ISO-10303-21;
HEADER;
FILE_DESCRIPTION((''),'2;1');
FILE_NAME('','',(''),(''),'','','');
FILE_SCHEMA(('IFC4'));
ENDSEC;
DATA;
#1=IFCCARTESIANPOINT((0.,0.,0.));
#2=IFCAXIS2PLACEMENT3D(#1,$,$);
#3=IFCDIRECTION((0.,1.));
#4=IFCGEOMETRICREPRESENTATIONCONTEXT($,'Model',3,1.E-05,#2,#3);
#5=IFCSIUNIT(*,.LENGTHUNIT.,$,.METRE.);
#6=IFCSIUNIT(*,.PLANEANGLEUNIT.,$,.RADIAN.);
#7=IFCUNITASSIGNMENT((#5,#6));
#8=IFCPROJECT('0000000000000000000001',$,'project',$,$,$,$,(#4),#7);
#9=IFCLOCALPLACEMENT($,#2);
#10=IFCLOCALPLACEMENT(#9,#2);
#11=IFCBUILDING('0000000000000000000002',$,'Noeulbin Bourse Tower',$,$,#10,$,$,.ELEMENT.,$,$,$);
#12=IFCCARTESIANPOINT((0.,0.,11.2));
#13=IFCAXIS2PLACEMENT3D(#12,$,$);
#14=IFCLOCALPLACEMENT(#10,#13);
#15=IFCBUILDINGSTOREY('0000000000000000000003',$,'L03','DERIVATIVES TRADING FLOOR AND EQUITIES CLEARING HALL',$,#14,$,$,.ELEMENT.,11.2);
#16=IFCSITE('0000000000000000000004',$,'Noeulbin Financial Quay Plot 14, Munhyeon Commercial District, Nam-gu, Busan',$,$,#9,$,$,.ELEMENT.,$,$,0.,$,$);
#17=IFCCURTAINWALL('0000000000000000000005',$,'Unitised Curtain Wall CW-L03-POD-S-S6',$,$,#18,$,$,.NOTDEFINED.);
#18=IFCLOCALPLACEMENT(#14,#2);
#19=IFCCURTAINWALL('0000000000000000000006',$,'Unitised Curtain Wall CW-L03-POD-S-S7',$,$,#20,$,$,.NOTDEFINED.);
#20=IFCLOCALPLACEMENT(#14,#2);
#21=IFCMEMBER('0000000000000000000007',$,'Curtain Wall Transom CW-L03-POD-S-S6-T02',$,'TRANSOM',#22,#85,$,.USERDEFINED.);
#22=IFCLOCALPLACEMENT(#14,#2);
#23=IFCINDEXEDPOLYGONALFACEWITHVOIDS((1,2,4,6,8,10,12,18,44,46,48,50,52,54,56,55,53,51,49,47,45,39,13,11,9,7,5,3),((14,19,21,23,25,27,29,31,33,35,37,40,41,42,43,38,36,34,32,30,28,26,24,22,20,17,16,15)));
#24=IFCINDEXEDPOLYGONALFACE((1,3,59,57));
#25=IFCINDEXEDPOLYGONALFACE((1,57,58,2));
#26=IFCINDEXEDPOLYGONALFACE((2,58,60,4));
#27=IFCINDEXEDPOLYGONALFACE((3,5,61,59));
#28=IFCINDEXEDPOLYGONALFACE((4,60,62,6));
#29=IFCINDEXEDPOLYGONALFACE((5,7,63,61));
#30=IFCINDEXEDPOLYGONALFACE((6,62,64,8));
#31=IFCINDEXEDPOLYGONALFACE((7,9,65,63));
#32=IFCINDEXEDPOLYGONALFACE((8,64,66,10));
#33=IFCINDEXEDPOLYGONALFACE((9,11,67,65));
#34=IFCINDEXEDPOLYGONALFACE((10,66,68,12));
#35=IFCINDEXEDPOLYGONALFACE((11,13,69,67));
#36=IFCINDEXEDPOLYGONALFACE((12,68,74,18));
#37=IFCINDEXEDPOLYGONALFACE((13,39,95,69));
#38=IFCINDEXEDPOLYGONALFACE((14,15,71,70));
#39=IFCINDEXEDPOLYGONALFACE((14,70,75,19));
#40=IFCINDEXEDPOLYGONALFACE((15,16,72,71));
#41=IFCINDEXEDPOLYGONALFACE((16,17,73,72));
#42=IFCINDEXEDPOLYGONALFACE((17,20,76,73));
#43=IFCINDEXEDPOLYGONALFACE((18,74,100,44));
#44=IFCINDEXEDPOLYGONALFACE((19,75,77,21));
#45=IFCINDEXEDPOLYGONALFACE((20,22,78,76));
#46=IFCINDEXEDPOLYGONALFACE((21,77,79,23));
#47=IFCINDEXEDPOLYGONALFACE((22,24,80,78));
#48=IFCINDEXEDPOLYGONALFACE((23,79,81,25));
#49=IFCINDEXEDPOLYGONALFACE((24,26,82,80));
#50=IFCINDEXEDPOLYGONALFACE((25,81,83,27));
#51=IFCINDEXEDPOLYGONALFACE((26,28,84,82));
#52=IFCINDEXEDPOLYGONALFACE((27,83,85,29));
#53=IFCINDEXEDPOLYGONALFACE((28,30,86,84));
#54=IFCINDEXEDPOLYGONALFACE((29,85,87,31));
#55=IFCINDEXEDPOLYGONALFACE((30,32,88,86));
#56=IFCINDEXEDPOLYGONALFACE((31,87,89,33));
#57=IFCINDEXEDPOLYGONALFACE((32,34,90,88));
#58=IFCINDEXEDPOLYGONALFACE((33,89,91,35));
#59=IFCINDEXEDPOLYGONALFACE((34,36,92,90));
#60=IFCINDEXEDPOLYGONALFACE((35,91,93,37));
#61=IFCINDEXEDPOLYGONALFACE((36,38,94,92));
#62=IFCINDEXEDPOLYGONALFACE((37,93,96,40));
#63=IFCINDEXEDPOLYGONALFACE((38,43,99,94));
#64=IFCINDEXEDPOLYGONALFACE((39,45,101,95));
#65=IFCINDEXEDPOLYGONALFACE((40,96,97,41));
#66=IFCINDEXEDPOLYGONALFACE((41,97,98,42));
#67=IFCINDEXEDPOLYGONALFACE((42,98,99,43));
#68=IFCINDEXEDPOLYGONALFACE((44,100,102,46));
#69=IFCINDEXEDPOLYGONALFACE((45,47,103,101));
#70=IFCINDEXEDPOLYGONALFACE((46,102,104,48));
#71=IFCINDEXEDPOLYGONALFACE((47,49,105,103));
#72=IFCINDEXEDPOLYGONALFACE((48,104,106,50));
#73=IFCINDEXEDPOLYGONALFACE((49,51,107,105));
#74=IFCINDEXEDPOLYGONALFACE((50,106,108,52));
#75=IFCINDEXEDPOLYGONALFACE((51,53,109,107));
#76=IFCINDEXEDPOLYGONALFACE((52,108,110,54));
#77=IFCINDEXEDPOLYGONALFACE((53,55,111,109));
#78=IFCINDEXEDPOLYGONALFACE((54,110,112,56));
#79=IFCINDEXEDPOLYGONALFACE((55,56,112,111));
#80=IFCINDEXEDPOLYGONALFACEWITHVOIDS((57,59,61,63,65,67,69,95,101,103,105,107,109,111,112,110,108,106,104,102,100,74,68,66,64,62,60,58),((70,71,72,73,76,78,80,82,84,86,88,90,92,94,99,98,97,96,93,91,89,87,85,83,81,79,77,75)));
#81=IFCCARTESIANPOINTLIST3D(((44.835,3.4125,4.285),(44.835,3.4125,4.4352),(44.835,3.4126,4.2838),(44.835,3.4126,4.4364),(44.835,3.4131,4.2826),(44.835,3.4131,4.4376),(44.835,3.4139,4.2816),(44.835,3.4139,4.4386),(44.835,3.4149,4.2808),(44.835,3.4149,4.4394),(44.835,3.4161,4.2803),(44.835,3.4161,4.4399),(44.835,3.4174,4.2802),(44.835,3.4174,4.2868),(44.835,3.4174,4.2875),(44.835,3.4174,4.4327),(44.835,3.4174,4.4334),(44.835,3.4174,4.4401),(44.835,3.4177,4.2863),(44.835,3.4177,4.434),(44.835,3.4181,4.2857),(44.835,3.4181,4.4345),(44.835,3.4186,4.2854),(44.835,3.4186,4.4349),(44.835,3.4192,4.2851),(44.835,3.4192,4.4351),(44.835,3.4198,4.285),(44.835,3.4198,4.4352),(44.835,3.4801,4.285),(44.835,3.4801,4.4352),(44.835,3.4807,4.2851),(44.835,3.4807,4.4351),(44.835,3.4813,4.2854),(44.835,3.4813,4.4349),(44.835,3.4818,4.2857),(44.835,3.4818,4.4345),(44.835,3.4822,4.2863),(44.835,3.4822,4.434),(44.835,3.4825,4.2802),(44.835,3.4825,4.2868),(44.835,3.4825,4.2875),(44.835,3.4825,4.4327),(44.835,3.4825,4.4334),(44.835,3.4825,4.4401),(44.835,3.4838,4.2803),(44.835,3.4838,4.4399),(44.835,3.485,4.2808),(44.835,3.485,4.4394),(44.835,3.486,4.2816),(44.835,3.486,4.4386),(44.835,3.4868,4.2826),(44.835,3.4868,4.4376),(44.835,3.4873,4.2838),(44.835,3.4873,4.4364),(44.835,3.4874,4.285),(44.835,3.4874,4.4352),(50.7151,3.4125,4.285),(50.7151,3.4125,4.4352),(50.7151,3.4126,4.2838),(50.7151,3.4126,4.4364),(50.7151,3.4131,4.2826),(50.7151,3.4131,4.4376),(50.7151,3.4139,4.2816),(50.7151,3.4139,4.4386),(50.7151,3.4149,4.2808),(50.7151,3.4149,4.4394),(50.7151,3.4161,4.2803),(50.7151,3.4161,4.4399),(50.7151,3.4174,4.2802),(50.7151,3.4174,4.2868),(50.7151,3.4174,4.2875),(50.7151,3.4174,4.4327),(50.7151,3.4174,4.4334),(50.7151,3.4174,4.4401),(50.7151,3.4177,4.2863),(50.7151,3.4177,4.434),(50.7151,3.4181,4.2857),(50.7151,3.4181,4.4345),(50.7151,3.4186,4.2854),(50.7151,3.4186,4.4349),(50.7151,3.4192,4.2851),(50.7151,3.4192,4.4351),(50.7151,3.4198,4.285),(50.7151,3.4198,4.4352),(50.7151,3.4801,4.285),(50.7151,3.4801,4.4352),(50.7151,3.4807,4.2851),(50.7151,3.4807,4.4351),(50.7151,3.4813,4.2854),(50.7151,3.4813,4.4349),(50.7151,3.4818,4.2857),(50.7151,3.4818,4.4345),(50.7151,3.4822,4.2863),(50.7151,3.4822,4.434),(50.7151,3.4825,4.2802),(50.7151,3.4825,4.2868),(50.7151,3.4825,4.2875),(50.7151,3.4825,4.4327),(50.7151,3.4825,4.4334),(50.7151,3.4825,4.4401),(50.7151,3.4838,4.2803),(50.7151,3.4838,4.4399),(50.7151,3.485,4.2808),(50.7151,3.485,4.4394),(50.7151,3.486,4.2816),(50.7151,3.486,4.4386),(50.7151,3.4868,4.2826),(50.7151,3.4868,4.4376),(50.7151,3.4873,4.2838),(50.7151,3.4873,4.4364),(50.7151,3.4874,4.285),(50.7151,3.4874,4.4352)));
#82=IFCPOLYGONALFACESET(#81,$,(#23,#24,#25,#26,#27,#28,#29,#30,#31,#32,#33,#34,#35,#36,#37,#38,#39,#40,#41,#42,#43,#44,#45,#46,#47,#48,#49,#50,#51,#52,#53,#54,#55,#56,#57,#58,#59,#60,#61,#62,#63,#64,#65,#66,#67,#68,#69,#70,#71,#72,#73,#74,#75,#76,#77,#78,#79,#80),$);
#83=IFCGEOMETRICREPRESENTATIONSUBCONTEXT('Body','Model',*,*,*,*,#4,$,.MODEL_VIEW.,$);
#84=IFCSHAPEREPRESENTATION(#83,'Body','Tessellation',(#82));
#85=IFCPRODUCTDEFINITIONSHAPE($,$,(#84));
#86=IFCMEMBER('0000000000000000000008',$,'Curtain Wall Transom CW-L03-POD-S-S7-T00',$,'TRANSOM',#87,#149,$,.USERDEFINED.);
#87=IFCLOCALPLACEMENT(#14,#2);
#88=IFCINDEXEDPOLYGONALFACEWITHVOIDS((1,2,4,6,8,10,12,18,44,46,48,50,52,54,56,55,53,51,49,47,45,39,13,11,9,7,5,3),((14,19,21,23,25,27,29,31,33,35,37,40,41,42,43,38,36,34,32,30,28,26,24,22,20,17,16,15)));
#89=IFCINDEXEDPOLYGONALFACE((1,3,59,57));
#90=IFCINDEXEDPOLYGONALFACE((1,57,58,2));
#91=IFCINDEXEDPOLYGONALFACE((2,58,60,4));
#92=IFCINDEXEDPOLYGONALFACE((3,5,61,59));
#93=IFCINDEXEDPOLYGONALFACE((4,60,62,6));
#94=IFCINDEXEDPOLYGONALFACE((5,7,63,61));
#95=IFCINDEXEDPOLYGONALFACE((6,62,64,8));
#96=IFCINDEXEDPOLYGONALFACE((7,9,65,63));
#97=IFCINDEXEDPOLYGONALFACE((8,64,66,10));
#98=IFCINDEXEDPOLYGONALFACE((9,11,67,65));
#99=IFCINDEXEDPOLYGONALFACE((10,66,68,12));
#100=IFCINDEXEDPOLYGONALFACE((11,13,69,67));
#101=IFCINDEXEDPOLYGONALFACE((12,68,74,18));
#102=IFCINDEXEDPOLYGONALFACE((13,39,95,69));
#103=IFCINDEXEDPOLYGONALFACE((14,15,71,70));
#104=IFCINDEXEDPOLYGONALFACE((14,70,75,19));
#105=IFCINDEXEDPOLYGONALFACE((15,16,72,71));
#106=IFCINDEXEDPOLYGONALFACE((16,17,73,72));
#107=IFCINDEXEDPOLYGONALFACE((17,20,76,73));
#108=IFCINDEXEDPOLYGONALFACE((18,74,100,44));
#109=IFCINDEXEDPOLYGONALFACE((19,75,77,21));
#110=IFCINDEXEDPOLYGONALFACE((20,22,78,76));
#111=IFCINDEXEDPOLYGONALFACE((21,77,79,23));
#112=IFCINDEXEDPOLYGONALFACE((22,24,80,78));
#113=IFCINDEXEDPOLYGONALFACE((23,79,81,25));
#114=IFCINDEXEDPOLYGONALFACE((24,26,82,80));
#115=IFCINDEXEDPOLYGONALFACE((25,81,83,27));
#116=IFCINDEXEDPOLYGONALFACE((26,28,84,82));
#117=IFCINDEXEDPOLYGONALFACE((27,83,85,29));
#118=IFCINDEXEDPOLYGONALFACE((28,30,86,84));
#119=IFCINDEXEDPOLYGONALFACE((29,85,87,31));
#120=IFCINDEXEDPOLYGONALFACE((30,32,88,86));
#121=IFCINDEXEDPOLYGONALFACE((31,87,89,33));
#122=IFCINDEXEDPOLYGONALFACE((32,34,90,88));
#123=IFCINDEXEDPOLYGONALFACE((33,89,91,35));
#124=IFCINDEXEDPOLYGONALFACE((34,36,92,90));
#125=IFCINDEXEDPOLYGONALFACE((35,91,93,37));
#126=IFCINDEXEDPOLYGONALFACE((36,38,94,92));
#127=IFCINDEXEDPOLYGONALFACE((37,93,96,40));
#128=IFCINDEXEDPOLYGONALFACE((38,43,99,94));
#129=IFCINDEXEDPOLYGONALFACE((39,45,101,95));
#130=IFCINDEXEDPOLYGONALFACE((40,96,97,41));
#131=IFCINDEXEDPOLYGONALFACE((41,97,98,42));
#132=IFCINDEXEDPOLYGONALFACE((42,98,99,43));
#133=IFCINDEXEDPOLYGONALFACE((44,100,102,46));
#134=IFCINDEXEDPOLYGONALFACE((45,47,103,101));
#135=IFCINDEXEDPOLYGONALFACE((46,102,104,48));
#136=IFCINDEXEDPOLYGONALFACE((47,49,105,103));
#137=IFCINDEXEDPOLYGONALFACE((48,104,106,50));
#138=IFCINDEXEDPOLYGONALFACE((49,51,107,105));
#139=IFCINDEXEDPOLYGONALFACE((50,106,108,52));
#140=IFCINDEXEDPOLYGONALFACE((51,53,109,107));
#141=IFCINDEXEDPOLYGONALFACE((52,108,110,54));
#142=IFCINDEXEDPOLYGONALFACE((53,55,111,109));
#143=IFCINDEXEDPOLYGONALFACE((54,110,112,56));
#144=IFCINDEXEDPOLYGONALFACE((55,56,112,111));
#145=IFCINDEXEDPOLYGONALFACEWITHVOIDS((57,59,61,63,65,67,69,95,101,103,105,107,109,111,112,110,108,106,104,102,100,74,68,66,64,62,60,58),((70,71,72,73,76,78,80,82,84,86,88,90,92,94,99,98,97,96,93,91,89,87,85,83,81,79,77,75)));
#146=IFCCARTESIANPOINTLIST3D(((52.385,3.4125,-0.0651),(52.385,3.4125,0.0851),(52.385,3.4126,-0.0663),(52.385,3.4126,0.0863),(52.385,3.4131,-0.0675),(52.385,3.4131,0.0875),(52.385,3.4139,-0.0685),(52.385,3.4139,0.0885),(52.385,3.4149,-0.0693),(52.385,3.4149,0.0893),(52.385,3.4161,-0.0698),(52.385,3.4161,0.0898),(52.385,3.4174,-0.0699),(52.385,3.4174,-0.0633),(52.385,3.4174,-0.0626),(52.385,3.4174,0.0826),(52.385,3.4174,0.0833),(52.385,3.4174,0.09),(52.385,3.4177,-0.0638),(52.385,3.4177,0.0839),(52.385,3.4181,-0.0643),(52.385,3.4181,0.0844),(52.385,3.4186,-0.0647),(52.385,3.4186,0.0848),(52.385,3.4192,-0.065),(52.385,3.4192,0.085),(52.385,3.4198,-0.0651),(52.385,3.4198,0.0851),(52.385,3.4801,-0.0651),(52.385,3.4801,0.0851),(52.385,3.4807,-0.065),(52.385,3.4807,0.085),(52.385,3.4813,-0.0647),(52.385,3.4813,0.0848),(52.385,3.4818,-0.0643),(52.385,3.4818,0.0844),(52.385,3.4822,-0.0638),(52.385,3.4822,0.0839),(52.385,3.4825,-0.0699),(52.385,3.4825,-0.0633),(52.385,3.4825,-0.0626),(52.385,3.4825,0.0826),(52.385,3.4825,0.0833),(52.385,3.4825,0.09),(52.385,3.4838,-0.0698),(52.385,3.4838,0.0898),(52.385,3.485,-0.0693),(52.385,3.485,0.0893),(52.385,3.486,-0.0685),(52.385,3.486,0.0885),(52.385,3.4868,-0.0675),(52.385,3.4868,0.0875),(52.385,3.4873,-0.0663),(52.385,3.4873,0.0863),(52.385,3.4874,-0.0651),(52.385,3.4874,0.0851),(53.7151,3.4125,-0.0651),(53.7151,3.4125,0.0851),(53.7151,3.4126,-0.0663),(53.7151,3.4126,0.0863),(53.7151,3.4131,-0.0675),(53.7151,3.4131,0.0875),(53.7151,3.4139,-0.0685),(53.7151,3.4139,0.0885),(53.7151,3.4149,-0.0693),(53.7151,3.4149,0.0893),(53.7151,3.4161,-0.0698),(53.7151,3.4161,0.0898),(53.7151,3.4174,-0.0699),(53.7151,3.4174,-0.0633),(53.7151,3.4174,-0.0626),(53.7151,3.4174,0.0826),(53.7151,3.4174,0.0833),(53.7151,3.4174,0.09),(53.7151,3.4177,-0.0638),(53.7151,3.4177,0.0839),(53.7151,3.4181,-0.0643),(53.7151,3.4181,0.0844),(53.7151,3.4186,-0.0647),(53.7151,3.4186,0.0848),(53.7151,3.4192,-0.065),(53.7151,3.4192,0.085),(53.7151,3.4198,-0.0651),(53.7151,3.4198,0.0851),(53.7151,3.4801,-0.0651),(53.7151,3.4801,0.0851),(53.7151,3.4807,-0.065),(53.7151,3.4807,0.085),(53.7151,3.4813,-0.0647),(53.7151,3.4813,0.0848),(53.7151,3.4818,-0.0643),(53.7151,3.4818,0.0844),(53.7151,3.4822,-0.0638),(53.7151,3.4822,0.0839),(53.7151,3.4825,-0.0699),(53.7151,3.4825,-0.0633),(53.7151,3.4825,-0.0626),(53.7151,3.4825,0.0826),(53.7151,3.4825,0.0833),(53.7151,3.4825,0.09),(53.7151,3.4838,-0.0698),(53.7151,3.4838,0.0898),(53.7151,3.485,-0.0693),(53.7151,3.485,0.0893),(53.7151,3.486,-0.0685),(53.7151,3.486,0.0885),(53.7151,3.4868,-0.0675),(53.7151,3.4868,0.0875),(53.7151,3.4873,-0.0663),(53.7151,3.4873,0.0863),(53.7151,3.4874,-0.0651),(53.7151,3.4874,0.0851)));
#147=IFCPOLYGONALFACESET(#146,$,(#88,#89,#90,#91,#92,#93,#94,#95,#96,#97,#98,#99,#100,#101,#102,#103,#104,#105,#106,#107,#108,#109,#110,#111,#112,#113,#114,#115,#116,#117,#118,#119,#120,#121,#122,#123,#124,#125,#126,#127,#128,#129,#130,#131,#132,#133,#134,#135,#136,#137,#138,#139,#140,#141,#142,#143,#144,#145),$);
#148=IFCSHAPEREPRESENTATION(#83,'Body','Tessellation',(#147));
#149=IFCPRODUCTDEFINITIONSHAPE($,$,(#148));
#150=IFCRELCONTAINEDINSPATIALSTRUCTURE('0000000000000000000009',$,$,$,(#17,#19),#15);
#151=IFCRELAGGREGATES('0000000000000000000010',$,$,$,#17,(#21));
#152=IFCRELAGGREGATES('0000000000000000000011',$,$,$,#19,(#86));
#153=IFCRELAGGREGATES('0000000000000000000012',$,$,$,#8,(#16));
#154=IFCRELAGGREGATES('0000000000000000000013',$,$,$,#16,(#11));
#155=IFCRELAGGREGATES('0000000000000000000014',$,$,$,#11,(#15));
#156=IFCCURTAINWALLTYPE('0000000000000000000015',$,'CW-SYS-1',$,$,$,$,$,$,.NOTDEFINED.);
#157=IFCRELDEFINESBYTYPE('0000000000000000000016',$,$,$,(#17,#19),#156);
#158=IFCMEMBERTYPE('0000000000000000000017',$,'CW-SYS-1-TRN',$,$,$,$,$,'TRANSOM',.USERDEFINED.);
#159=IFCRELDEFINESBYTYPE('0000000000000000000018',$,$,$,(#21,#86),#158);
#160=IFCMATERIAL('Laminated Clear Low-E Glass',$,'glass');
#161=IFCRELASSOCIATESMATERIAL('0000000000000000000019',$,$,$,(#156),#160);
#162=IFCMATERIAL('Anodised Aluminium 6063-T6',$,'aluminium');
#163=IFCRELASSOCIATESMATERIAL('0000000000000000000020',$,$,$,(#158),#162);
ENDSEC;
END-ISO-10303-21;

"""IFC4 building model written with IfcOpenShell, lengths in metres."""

from ifc_helpers import new_model, si_unit, direction, frame, origin, origin_2d, place, context, subcontext, project, spatial, hollow_rectangle, extrude, material, material_profile, profile_set, type_object, element, aggregate, save


model = new_model("IFC4")

# Units and contexts
model_context = context("Model", 3, precision=1e-05, world=origin(), true_north=direction((0.0, 1.0)))
body_context = subcontext(model_context, "Body", "Model", "MODEL_VIEW")
ifc_project = project(units=[si_unit("LENGTHUNIT", "METRE"), si_unit("PLANEANGLEUNIT", "RADIAN")], contexts=[model_context])

# Site, building, storey
site_placement = place(None, origin())
site = spatial("IfcSite", under=ifc_project, at=site_placement, Name="Noeulbin Financial Quay Plot 14, Munhyeon Commercial District, Nam-gu, Busan", CompositionType="ELEMENT", RefElevation=0.0)
building_placement = place(site_placement, origin())
building = spatial("IfcBuilding", under=site, at=building_placement, Name="Noeulbin Bourse Tower", CompositionType="ELEMENT")
storey_placement = place(building_placement, frame((0.0, 0.0, 11.2)))
storey = spatial("IfcBuildingStorey", under=building, at=storey_placement, Name="L03", Description="DERIVATIVES TRADING FLOOR AND EQUITIES CLEARING HALL", CompositionType="ELEMENT", Elevation=11.2)

# Shared definitions
ifc_material_1 = material(Name="Laminated Clear Low-E Glass", Category="glass")
curtain_wall_type = type_object("IfcCurtainWallType", Name="CW-SYS-1", PredefinedType="NOTDEFINED", material=ifc_material_1)
ifc_material_2 = material(Name="Anodised Aluminium 6063-T6", Category="aluminium")

# Curtain walls
curtain_wall_1_placement = place(storey_placement, origin())
curtain_wall_1 = element("IfcCurtainWall", 1, at=curtain_wall_1_placement, inside=storey, type_object=curtain_wall_type, Name="Unitised Curtain Wall CW-L03-POD-S-S6", PredefinedType="NOTDEFINED")
curtain_wall_2_placement = place(storey_placement, origin())
curtain_wall_2 = element("IfcCurtainWall", 2, at=curtain_wall_2_placement, inside=storey, type_object=curtain_wall_type, Name="Unitised Curtain Wall CW-L03-POD-S-S7", PredefinedType="NOTDEFINED")

# Members
ifc_material_profile_1 = material_profile(ifc_material_2, hollow_rectangle(XDim=0.075, YDim=0.1599, WallThickness=0.0049, InnerFilletRadius=0.0024, OuterFilletRadius=0.0049, at=origin_2d()), Name="ALU-TRAN-75x160x5", Category="LoadBearing")
ifc_profile_set_1 = profile_set([ifc_material_profile_1], Name="Anodised Aluminium 6063-T6")
member_type_1 = type_object("IfcMemberType", Name="CW-SYS-1-TRN", ElementType="TRANSOM", PredefinedType="USERDEFINED", material=ifc_profile_set_1)
member_1_placement = place(storey_placement, frame((44.835, 3.45, 4.3601), z_axis=(1.0, 0.0, 0.0), x_axis=(0.0, 1.0, 0.0)))
member_1 = element("IfcMember", 3, at=member_1_placement, type_object=member_type_1, Name="Curtain Wall Transom CW-L03-POD-S-S6-T02", ObjectType="TRANSOM", PredefinedType="USERDEFINED", context=body_context, shape_type="SweptSolid", body=[
    extrude(hollow_rectangle(XDim=0.075, YDim=0.1599, WallThickness=0.0049, InnerFilletRadius=0.0024, OuterFilletRadius=0.0049, at=origin_2d()), origin(), (0.0, 0.0, 1.0), 5.8801),
])
member_2_placement = place(storey_placement, frame((52.385, 3.45, 0.01), z_axis=(1.0, 0.0, 0.0), x_axis=(0.0, 1.0, 0.0)))
member_2 = element("IfcMember", 4, at=member_2_placement, type_object=member_type_1, Name="Curtain Wall Transom CW-L03-POD-S-S7-T00", ObjectType="TRANSOM", PredefinedType="USERDEFINED", context=body_context, shape_type="SweptSolid", body=[
    extrude(hollow_rectangle(XDim=0.075, YDim=0.1599, WallThickness=0.0049, InnerFilletRadius=0.0024, OuterFilletRadius=0.0049, at=origin_2d()), origin(), (0.0, 0.0, 1.0), 1.3301),
])

aggregate(curtain_wall_1, [member_1])
aggregate(curtain_wall_2, [member_2])

save(model, "model.ifc")
